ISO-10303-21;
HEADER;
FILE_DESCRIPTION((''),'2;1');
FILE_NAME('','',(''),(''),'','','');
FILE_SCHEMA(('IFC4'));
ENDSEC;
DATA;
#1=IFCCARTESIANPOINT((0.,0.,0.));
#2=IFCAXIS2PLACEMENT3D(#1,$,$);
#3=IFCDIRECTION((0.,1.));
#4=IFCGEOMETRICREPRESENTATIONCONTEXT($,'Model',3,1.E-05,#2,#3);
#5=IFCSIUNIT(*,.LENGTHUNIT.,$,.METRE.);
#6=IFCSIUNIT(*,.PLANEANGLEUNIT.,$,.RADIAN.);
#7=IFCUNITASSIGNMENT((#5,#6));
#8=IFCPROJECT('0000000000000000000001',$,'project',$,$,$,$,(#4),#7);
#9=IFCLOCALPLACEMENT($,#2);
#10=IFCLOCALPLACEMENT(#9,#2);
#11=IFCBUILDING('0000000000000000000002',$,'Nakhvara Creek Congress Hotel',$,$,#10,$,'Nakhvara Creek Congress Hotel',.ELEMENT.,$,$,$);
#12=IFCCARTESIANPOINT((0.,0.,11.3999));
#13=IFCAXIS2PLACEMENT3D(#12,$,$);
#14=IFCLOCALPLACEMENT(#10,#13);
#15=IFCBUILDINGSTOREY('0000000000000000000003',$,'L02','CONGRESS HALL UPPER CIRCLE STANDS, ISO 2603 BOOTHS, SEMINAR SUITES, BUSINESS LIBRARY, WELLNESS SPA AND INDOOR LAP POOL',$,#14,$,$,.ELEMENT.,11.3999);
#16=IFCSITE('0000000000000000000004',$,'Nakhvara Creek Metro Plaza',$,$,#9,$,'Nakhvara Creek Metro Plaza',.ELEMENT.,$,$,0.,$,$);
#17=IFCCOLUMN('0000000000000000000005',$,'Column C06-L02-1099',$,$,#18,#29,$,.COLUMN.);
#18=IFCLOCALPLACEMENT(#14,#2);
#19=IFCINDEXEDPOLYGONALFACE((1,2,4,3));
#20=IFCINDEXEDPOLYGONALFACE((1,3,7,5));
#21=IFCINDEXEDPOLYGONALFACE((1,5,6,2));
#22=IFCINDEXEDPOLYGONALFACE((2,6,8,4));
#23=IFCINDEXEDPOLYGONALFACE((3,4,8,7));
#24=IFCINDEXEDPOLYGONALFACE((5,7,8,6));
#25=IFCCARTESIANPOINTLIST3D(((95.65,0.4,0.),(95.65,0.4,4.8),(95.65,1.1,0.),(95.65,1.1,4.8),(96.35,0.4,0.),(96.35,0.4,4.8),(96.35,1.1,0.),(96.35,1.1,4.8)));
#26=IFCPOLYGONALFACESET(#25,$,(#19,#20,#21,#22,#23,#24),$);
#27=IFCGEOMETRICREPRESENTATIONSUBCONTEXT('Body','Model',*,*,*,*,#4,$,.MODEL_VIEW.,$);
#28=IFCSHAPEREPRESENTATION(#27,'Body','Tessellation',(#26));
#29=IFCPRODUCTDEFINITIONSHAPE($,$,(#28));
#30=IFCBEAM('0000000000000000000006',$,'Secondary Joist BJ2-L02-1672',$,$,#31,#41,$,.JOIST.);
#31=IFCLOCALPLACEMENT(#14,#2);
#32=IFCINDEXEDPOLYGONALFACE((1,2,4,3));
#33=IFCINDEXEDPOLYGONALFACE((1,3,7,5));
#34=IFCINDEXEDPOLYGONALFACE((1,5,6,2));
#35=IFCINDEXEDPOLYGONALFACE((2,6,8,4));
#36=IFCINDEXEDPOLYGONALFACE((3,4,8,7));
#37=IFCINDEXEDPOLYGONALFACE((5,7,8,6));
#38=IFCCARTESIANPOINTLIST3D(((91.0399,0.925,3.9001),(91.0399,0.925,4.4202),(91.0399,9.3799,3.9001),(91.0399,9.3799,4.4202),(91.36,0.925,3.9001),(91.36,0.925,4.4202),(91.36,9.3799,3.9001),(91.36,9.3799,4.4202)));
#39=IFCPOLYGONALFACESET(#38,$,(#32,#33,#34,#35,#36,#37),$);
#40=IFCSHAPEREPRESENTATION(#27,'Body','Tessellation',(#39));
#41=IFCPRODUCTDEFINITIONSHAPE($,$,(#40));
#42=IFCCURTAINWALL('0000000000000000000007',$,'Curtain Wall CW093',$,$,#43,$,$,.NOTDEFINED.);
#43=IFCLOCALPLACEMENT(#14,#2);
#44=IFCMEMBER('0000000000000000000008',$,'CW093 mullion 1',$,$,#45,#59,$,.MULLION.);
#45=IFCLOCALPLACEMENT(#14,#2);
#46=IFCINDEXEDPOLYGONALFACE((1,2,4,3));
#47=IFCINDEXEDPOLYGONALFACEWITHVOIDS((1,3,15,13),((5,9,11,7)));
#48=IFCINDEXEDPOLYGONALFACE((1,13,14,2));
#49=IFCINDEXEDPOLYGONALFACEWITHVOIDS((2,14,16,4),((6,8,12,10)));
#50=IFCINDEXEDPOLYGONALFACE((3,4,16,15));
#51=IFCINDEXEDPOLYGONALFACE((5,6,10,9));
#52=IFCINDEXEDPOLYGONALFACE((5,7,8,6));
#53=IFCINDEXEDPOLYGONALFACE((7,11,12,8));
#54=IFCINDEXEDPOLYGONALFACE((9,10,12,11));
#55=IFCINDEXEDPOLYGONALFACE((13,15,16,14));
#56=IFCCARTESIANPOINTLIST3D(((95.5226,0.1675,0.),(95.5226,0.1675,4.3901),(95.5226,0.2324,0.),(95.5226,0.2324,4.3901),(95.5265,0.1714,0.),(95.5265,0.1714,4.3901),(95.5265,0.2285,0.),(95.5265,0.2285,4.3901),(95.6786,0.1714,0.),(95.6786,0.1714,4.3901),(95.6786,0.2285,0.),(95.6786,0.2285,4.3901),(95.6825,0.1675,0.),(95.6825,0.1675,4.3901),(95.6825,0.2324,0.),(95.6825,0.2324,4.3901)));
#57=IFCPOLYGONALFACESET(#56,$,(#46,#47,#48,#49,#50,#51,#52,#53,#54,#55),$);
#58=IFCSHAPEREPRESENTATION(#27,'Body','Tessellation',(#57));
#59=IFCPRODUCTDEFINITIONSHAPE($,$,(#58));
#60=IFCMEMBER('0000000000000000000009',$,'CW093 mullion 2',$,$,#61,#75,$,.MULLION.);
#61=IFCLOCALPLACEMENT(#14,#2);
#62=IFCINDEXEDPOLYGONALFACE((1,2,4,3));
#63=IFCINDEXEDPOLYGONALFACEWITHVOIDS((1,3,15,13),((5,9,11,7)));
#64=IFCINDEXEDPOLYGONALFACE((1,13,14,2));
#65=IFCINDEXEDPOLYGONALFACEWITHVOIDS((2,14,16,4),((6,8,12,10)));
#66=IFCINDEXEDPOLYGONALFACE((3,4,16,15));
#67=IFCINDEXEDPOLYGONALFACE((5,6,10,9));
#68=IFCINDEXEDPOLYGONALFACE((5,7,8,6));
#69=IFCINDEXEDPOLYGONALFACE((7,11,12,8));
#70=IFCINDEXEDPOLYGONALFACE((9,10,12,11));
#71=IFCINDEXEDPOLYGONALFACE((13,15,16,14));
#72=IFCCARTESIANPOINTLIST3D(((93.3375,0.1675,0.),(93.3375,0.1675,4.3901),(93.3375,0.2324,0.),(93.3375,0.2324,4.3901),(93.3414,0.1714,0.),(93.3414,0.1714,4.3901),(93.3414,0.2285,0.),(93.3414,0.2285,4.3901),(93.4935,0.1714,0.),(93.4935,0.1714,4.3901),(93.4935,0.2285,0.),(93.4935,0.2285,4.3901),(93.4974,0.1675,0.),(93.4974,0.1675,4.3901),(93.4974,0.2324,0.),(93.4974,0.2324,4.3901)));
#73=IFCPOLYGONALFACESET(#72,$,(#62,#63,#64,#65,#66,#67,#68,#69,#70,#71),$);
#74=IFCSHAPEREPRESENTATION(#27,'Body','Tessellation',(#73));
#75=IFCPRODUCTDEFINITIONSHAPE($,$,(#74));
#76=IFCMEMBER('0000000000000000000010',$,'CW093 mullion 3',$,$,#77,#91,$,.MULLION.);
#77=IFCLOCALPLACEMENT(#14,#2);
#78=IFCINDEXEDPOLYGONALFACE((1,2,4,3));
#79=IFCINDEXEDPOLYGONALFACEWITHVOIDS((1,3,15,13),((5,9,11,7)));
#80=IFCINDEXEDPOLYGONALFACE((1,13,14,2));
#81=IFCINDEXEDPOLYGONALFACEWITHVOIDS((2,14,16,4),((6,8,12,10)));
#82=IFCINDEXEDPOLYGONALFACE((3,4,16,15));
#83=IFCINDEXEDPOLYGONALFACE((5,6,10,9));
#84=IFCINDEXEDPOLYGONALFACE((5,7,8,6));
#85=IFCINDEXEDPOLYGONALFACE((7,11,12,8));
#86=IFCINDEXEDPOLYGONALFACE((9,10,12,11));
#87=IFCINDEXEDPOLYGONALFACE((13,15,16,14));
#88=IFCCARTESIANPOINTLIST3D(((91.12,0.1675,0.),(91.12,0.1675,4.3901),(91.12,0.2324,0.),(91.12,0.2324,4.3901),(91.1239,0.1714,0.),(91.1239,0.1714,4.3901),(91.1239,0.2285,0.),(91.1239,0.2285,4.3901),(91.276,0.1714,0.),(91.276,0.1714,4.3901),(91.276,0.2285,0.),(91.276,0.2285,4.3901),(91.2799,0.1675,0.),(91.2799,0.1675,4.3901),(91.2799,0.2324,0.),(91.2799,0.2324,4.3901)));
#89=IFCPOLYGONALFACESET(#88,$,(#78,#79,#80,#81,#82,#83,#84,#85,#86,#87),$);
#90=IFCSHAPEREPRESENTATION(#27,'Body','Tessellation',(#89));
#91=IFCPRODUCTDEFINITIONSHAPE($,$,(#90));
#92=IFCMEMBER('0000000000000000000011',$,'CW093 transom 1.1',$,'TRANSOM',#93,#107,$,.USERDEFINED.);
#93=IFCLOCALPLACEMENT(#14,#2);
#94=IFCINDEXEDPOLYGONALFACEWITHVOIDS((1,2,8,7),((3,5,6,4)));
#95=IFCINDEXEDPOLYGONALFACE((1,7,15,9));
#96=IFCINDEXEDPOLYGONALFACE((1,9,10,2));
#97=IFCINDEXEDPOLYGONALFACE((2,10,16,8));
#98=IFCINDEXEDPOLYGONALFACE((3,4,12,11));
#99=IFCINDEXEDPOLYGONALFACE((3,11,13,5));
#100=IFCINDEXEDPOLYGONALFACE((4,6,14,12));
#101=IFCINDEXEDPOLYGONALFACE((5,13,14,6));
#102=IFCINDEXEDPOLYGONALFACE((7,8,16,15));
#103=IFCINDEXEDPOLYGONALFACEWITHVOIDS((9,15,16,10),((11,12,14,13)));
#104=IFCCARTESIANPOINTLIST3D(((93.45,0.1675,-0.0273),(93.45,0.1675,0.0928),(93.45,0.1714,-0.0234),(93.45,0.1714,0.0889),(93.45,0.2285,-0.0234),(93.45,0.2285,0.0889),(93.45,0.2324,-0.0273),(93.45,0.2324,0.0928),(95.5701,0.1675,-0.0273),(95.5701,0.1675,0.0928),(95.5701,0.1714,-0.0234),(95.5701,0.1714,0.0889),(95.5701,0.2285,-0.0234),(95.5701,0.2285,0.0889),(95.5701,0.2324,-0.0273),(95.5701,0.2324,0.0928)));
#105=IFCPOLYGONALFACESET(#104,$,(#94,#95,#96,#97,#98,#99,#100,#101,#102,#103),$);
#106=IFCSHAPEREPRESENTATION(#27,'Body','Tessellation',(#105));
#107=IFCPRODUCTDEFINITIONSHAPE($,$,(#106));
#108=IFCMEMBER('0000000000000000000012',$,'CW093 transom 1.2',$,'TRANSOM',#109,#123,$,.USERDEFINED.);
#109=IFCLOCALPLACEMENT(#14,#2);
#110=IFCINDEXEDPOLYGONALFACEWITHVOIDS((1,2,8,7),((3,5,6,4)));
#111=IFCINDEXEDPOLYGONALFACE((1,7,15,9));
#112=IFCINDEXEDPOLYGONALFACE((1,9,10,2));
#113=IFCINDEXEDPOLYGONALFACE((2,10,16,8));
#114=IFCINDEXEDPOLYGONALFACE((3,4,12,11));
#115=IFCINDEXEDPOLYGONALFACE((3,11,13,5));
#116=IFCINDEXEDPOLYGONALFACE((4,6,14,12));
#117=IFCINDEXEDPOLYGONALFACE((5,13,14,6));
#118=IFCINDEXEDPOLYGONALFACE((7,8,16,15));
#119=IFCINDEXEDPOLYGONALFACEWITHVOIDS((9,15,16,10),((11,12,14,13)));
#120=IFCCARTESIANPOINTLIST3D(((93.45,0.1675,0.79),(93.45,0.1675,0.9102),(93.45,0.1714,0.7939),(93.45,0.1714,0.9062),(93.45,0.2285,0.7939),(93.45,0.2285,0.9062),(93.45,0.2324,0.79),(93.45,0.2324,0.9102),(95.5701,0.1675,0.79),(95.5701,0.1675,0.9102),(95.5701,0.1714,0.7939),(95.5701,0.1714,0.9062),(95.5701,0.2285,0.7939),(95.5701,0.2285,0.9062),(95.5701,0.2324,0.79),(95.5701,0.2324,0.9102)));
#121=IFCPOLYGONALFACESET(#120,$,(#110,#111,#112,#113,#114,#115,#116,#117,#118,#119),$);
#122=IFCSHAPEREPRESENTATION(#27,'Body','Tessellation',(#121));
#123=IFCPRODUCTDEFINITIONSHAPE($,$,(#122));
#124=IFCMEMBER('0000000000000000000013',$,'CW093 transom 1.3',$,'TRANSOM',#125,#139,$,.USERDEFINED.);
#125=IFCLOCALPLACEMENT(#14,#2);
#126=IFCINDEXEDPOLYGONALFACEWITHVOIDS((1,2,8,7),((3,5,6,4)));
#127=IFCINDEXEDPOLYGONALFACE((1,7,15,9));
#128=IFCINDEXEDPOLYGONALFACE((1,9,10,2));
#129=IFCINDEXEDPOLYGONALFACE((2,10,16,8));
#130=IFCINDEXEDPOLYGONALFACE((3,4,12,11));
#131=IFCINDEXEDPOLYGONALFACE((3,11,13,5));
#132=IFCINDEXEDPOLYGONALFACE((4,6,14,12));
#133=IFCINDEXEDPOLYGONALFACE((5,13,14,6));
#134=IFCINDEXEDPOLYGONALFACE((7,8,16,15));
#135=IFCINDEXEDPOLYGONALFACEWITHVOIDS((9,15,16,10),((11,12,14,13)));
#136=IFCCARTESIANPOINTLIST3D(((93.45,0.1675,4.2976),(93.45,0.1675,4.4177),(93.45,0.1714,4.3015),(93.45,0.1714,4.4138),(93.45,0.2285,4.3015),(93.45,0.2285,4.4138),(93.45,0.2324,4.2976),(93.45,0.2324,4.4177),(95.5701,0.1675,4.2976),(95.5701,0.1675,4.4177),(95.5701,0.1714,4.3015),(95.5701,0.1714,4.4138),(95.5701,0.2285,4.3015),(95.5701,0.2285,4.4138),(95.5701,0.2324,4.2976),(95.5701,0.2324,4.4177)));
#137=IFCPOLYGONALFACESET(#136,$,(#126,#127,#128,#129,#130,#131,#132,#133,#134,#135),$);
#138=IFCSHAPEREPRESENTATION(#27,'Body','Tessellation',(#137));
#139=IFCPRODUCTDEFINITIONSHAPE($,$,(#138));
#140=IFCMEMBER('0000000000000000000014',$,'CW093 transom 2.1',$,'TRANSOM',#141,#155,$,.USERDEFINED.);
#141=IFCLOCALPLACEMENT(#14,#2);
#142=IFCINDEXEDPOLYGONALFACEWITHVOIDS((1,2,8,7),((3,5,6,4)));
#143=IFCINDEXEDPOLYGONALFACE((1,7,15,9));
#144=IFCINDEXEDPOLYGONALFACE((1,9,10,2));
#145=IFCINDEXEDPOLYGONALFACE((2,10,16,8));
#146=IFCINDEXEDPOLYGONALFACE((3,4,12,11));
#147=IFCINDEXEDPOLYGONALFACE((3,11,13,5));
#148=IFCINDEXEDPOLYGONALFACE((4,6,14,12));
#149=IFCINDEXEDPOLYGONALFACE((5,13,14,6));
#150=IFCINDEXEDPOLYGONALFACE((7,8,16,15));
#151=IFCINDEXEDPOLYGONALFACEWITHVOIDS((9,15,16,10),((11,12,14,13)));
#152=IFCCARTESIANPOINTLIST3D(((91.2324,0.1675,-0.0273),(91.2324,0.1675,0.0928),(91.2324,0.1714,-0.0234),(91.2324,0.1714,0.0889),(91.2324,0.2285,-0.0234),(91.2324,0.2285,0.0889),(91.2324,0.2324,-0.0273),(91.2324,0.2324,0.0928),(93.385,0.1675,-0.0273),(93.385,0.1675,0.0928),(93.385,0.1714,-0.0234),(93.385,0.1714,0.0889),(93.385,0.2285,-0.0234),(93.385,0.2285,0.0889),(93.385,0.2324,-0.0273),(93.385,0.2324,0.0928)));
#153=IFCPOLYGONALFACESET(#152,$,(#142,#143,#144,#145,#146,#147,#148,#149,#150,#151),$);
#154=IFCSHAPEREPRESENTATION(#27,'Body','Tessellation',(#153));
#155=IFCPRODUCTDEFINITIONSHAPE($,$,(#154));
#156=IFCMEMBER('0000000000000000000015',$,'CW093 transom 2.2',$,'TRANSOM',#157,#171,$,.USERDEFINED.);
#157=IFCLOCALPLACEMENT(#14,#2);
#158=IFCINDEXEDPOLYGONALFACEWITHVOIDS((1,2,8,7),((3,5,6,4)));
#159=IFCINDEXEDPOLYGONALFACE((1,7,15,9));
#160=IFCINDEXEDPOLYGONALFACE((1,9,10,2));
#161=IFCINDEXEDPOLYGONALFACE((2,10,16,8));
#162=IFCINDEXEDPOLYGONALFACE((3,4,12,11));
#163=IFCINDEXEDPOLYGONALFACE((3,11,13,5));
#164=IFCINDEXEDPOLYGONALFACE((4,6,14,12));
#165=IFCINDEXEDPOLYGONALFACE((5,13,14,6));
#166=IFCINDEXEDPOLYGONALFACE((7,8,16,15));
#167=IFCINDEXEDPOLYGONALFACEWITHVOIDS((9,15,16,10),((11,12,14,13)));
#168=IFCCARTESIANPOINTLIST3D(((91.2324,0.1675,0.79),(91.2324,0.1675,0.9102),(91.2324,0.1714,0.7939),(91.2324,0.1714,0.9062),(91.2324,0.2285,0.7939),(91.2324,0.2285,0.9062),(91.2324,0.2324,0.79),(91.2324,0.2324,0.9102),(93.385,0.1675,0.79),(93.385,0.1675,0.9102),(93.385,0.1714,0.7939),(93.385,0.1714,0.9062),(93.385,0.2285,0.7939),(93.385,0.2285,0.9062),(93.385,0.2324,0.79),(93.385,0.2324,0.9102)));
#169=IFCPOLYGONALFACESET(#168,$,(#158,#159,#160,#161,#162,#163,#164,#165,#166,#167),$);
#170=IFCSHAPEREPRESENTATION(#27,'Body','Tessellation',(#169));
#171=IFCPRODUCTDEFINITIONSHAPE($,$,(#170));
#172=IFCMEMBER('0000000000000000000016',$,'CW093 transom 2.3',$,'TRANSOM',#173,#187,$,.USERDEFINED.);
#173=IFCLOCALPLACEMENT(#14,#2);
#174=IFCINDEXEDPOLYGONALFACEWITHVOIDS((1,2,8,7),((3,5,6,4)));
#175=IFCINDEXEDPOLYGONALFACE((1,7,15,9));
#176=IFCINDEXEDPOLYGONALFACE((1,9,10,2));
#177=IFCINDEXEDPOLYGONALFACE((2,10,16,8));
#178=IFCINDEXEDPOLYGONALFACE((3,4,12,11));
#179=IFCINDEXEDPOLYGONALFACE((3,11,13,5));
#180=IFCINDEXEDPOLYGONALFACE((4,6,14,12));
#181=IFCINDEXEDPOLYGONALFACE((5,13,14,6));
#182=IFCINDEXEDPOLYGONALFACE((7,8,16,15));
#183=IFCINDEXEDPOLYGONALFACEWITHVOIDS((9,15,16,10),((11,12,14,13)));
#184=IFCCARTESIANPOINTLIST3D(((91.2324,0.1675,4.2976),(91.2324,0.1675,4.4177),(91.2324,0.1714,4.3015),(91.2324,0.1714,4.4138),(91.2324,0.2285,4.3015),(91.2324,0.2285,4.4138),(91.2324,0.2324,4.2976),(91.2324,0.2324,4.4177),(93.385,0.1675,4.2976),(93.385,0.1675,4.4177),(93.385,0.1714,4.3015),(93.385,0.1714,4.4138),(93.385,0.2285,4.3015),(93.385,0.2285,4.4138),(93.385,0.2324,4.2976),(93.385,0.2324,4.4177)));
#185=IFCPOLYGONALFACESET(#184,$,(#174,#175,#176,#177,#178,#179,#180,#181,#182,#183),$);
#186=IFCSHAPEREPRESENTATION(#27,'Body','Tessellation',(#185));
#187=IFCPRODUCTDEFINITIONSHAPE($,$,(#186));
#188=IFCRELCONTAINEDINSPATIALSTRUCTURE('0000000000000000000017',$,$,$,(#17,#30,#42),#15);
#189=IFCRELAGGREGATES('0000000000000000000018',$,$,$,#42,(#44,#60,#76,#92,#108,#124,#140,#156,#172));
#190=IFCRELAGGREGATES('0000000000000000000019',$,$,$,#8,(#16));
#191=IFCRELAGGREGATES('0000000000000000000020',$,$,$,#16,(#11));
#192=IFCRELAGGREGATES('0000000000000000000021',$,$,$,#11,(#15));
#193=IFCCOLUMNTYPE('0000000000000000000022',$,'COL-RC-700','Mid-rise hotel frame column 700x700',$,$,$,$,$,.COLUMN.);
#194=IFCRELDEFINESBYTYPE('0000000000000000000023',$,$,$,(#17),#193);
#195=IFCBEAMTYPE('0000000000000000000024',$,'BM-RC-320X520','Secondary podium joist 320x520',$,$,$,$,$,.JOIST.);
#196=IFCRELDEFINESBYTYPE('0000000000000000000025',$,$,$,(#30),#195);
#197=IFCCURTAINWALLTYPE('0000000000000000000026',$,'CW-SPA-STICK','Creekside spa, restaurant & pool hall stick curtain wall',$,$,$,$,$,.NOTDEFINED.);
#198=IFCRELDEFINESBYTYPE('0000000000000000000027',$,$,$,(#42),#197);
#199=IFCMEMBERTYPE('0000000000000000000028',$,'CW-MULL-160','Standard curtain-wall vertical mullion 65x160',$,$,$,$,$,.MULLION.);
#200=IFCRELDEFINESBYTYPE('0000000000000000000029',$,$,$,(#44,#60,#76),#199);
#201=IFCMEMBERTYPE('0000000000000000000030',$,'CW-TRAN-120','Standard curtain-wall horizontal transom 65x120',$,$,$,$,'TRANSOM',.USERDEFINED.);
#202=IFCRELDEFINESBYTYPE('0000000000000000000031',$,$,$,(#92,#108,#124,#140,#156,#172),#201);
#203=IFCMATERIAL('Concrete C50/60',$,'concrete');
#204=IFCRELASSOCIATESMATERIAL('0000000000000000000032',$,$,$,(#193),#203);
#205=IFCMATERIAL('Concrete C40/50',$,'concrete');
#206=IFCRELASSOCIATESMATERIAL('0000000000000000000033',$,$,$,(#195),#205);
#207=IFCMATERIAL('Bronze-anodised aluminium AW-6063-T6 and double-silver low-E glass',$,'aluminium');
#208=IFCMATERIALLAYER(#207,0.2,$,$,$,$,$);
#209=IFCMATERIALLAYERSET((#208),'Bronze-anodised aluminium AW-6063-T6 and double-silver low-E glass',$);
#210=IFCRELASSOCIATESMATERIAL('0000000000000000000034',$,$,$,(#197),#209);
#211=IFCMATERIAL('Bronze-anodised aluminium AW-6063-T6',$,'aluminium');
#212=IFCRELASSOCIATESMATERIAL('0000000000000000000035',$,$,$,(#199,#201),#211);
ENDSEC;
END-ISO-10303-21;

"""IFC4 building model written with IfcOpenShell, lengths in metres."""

from ifc_helpers import new_model, si_unit, direction, frame, origin, origin_2d, place, context, subcontext, project, spatial, rectangle, hollow_rectangle, extrude, material, layer, layer_set, material_profile, profile_set, type_object, element, aggregate, save


model = new_model("IFC4")

# Units and contexts
model_context = context("Model", 3, precision=1e-05, world=origin(), true_north=direction((0.0, 1.0)))
body_context = subcontext(model_context, "Body", "Model", "MODEL_VIEW")
ifc_project = project(units=[si_unit("LENGTHUNIT", "METRE"), si_unit("PLANEANGLEUNIT", "RADIAN")], contexts=[model_context])

# Site, building, storey
site_placement = place(None, origin())
site = spatial("IfcSite", under=ifc_project, at=site_placement, Name="Nakhvara Creek Metro Plaza", LongName="Nakhvara Creek Metro Plaza", CompositionType="ELEMENT", RefElevation=0.0)
building_placement = place(site_placement, origin())
building = spatial("IfcBuilding", under=site, at=building_placement, Name="Nakhvara Creek Congress Hotel", LongName="Nakhvara Creek Congress Hotel", CompositionType="ELEMENT")
storey_placement = place(building_placement, frame((0.0, 0.0, 11.3999)))
storey = spatial("IfcBuildingStorey", under=building, at=storey_placement, Name="L02", Description="CONGRESS HALL UPPER CIRCLE STANDS, ISO 2603 BOOTHS, SEMINAR SUITES, BUSINESS LIBRARY, WELLNESS SPA AND INDOOR LAP POOL", CompositionType="ELEMENT", Elevation=11.3999)

# Column
ifc_material_1 = material(Name="Concrete C50/60", Category="concrete")
ifc_material_profile_1 = material_profile(ifc_material_1, rectangle(XDim=0.7, YDim=0.7, at=origin_2d()), Name="RC-COL 700x700", Category="LoadBearing")
ifc_profile_set_1 = profile_set([ifc_material_profile_1], Name="Concrete C50/60")
column_type = type_object("IfcColumnType", Name="COL-RC-700", Description="Mid-rise hotel frame column 700x700", PredefinedType="COLUMN", material=ifc_profile_set_1)
column_placement = place(storey_placement, frame((96.0, 0.75, 0.0), z_axis=(0.0, 0.0, 1.0), x_axis=(1.0, 0.0, 0.0)))
element("IfcColumn", 1, at=column_placement, inside=storey, type_object=column_type, Name="Column C06-L02-1099", PredefinedType="COLUMN", context=body_context, shape_type="SweptSolid", body=[
    extrude(rectangle(XDim=0.7, YDim=0.7, at=origin_2d()), origin(), (0.0, 0.0, 1.0), 4.8),
])

# Beam
ifc_material_2 = material(Name="Concrete C40/50", Category="concrete")
ifc_material_profile_2 = material_profile(ifc_material_2, rectangle(XDim=0.3201, YDim=0.52, at=origin_2d()), Name="RC-BM 320x520", Category="LoadBearing")
ifc_profile_set_2 = profile_set([ifc_material_profile_2], Name="Concrete C40/50")
beam_type = type_object("IfcBeamType", Name="BM-RC-320X520", Description="Secondary podium joist 320x520", PredefinedType="JOIST", material=ifc_profile_set_2)
beam_placement = place(storey_placement, frame((91.2, 0.925, 4.1602), z_axis=(0.0, 1.0, 0.0), x_axis=(-1.0, 0.0, 0.0)))
element("IfcBeam", 2, at=beam_placement, inside=storey, type_object=beam_type, Name="Secondary Joist BJ2-L02-1672", PredefinedType="JOIST", context=body_context, shape_type="SweptSolid", body=[
    extrude(rectangle(XDim=0.3201, YDim=0.52, at=origin_2d()), origin(), (0.0, 0.0, 1.0), 8.4548),
])

# Curtain wall, members
ifc_material_3 = material(Name="Bronze-anodised aluminium AW-6063-T6 and double-silver low-E glass", Category="aluminium")
ifc_layer_1 = layer(ifc_material_3, 0.2)
ifc_layer_set_1 = layer_set([ifc_layer_1], Name="Bronze-anodised aluminium AW-6063-T6 and double-silver low-E glass")
curtain_wall_type = type_object("IfcCurtainWallType", Name="CW-SPA-STICK", Description="Creekside spa, restaurant & pool hall stick curtain wall", PredefinedType="NOTDEFINED", material=ifc_layer_set_1)
curtain_wall_placement = place(storey_placement, origin())
curtain_wall = element("IfcCurtainWall", 3, at=curtain_wall_placement, inside=storey, type_object=curtain_wall_type, Name="Curtain Wall CW093", PredefinedType="NOTDEFINED")
ifc_material_4 = material(Name="Bronze-anodised aluminium AW-6063-T6", Category="aluminium")
ifc_material_profile_3 = material_profile(ifc_material_4, hollow_rectangle(XDim=0.0649, YDim=0.1599, WallThickness=0.0039, at=origin_2d()), Name="ALU-MULL 65x160x4", Category="LoadBearing")
ifc_profile_set_3 = profile_set([ifc_material_profile_3], Name="Bronze-anodised aluminium AW-6063-T6")
member_type_1 = type_object("IfcMemberType", Name="CW-MULL-160", Description="Standard curtain-wall vertical mullion 65x160", PredefinedType="MULLION", material=ifc_profile_set_3)
member_1_placement = place(storey_placement, frame((95.6025, 0.2, 0.0), z_axis=(0.0, 0.0, 1.0), x_axis=(0.0, -1.0, 0.0)))
member_1 = element("IfcMember", 4, at=member_1_placement, type_object=member_type_1, Name="CW093 mullion 1", PredefinedType="MULLION", context=body_context, shape_type="SweptSolid", body=[
    extrude(hollow_rectangle(XDim=0.0649, YDim=0.1599, WallThickness=0.0039, at=origin_2d()), origin(), (0.0, 0.0, 1.0), 4.3901),
])
member_2_placement = place(storey_placement, frame((93.4175, 0.2, 0.0), z_axis=(0.0, 0.0, 1.0), x_axis=(0.0, -1.0, 0.0)))
member_2 = element("IfcMember", 5, at=member_2_placement, type_object=member_type_1, Name="CW093 mullion 2", PredefinedType="MULLION", context=body_context, shape_type="SweptSolid", body=[
    extrude(hollow_rectangle(XDim=0.0649, YDim=0.1599, WallThickness=0.0039, at=origin_2d()), origin(), (0.0, 0.0, 1.0), 4.3901),
])
member_3_placement = place(storey_placement, frame((91.2, 0.2, 0.0), z_axis=(0.0, 0.0, 1.0), x_axis=(0.0, -1.0, 0.0)))
member_3 = element("IfcMember", 6, at=member_3_placement, type_object=member_type_1, Name="CW093 mullion 3", PredefinedType="MULLION", context=body_context, shape_type="SweptSolid", body=[
    extrude(hollow_rectangle(XDim=0.0649, YDim=0.1599, WallThickness=0.0039, at=origin_2d()), origin(), (0.0, 0.0, 1.0), 4.3901),
])
ifc_material_profile_4 = material_profile(ifc_material_4, hollow_rectangle(XDim=0.0649, YDim=0.1201, WallThickness=0.0039, at=origin_2d()), Name="ALU-TRAN 65x120x4", Category="LoadBearing")
ifc_profile_set_4 = profile_set([ifc_material_profile_4], Name="Bronze-anodised aluminium AW-6063-T6")
member_type_2 = type_object("IfcMemberType", Name="CW-TRAN-120", Description="Standard curtain-wall horizontal transom 65x120", ElementType="TRANSOM", PredefinedType="USERDEFINED", material=ifc_profile_set_4)
member_4_placement = place(storey_placement, frame((95.5701, 0.2, 0.0327), z_axis=(-1.0, 0.0, 0.0), x_axis=(0.0, -1.0, 0.0)))
member_4 = element("IfcMember", 7, at=member_4_placement, type_object=member_type_2, Name="CW093 transom 1.1", ObjectType="TRANSOM", PredefinedType="USERDEFINED", context=body_context, shape_type="SweptSolid", body=[
    extrude(hollow_rectangle(XDim=0.0649, YDim=0.1201, WallThickness=0.0039, at=origin_2d()), origin(), (0.0, 0.0, 1.0), 2.1201),
])
member_5_placement = place(storey_placement, frame((95.5701, 0.2, 0.8501), z_axis=(-1.0, 0.0, 0.0), x_axis=(0.0, -1.0, 0.0)))
member_5 = element("IfcMember", 8, at=member_5_placement, type_object=member_type_2, Name="CW093 transom 1.2", ObjectType="TRANSOM", PredefinedType="USERDEFINED", context=body_context, shape_type="SweptSolid", body=[
    extrude(hollow_rectangle(XDim=0.0649, YDim=0.1201, WallThickness=0.0039, at=origin_2d()), origin(), (0.0, 0.0, 1.0), 2.1201),
])
member_6_placement = place(storey_placement, frame((95.5701, 0.2, 4.3577), z_axis=(-1.0, 0.0, 0.0), x_axis=(0.0, -1.0, 0.0)))
member_6 = element("IfcMember", 9, at=member_6_placement, type_object=member_type_2, Name="CW093 transom 1.3", ObjectType="TRANSOM", PredefinedType="USERDEFINED", context=body_context, shape_type="SweptSolid", body=[
    extrude(hollow_rectangle(XDim=0.0649, YDim=0.1201, WallThickness=0.0039, at=origin_2d()), origin(), (0.0, 0.0, 1.0), 2.1201),
])
member_7_placement = place(storey_placement, frame((93.385, 0.2, 0.0327), z_axis=(-1.0, 0.0, 0.0), x_axis=(0.0, -1.0, 0.0)))
member_7 = element("IfcMember", 10, at=member_7_placement, type_object=member_type_2, Name="CW093 transom 2.1", ObjectType="TRANSOM", PredefinedType="USERDEFINED", context=body_context, shape_type="SweptSolid", body=[
    extrude(hollow_rectangle(XDim=0.0649, YDim=0.1201, WallThickness=0.0039, at=origin_2d()), origin(), (0.0, 0.0, 1.0), 2.1526),
])
member_8_placement = place(storey_placement, frame((93.385, 0.2, 0.8501), z_axis=(-1.0, 0.0, 0.0), x_axis=(0.0, -1.0, 0.0)))
member_8 = element("IfcMember", 11, at=member_8_placement, type_object=member_type_2, Name="CW093 transom 2.2", ObjectType="TRANSOM", PredefinedType="USERDEFINED", context=body_context, shape_type="SweptSolid", body=[
    extrude(hollow_rectangle(XDim=0.0649, YDim=0.1201, WallThickness=0.0039, at=origin_2d()), origin(), (0.0, 0.0, 1.0), 2.1526),
])
member_9_placement = place(storey_placement, frame((93.385, 0.2, 4.3577), z_axis=(-1.0, 0.0, 0.0), x_axis=(0.0, -1.0, 0.0)))
member_9 = element("IfcMember", 12, at=member_9_placement, type_object=member_type_2, Name="CW093 transom 2.3", ObjectType="TRANSOM", PredefinedType="USERDEFINED", context=body_context, shape_type="SweptSolid", body=[
    extrude(hollow_rectangle(XDim=0.0649, YDim=0.1201, WallThickness=0.0039, at=origin_2d()), origin(), (0.0, 0.0, 1.0), 2.1526),
])
aggregate(curtain_wall, [member_1, member_2, member_3, member_4, member_5, member_6, member_7, member_8, member_9])

save(model, "model.ifc")
